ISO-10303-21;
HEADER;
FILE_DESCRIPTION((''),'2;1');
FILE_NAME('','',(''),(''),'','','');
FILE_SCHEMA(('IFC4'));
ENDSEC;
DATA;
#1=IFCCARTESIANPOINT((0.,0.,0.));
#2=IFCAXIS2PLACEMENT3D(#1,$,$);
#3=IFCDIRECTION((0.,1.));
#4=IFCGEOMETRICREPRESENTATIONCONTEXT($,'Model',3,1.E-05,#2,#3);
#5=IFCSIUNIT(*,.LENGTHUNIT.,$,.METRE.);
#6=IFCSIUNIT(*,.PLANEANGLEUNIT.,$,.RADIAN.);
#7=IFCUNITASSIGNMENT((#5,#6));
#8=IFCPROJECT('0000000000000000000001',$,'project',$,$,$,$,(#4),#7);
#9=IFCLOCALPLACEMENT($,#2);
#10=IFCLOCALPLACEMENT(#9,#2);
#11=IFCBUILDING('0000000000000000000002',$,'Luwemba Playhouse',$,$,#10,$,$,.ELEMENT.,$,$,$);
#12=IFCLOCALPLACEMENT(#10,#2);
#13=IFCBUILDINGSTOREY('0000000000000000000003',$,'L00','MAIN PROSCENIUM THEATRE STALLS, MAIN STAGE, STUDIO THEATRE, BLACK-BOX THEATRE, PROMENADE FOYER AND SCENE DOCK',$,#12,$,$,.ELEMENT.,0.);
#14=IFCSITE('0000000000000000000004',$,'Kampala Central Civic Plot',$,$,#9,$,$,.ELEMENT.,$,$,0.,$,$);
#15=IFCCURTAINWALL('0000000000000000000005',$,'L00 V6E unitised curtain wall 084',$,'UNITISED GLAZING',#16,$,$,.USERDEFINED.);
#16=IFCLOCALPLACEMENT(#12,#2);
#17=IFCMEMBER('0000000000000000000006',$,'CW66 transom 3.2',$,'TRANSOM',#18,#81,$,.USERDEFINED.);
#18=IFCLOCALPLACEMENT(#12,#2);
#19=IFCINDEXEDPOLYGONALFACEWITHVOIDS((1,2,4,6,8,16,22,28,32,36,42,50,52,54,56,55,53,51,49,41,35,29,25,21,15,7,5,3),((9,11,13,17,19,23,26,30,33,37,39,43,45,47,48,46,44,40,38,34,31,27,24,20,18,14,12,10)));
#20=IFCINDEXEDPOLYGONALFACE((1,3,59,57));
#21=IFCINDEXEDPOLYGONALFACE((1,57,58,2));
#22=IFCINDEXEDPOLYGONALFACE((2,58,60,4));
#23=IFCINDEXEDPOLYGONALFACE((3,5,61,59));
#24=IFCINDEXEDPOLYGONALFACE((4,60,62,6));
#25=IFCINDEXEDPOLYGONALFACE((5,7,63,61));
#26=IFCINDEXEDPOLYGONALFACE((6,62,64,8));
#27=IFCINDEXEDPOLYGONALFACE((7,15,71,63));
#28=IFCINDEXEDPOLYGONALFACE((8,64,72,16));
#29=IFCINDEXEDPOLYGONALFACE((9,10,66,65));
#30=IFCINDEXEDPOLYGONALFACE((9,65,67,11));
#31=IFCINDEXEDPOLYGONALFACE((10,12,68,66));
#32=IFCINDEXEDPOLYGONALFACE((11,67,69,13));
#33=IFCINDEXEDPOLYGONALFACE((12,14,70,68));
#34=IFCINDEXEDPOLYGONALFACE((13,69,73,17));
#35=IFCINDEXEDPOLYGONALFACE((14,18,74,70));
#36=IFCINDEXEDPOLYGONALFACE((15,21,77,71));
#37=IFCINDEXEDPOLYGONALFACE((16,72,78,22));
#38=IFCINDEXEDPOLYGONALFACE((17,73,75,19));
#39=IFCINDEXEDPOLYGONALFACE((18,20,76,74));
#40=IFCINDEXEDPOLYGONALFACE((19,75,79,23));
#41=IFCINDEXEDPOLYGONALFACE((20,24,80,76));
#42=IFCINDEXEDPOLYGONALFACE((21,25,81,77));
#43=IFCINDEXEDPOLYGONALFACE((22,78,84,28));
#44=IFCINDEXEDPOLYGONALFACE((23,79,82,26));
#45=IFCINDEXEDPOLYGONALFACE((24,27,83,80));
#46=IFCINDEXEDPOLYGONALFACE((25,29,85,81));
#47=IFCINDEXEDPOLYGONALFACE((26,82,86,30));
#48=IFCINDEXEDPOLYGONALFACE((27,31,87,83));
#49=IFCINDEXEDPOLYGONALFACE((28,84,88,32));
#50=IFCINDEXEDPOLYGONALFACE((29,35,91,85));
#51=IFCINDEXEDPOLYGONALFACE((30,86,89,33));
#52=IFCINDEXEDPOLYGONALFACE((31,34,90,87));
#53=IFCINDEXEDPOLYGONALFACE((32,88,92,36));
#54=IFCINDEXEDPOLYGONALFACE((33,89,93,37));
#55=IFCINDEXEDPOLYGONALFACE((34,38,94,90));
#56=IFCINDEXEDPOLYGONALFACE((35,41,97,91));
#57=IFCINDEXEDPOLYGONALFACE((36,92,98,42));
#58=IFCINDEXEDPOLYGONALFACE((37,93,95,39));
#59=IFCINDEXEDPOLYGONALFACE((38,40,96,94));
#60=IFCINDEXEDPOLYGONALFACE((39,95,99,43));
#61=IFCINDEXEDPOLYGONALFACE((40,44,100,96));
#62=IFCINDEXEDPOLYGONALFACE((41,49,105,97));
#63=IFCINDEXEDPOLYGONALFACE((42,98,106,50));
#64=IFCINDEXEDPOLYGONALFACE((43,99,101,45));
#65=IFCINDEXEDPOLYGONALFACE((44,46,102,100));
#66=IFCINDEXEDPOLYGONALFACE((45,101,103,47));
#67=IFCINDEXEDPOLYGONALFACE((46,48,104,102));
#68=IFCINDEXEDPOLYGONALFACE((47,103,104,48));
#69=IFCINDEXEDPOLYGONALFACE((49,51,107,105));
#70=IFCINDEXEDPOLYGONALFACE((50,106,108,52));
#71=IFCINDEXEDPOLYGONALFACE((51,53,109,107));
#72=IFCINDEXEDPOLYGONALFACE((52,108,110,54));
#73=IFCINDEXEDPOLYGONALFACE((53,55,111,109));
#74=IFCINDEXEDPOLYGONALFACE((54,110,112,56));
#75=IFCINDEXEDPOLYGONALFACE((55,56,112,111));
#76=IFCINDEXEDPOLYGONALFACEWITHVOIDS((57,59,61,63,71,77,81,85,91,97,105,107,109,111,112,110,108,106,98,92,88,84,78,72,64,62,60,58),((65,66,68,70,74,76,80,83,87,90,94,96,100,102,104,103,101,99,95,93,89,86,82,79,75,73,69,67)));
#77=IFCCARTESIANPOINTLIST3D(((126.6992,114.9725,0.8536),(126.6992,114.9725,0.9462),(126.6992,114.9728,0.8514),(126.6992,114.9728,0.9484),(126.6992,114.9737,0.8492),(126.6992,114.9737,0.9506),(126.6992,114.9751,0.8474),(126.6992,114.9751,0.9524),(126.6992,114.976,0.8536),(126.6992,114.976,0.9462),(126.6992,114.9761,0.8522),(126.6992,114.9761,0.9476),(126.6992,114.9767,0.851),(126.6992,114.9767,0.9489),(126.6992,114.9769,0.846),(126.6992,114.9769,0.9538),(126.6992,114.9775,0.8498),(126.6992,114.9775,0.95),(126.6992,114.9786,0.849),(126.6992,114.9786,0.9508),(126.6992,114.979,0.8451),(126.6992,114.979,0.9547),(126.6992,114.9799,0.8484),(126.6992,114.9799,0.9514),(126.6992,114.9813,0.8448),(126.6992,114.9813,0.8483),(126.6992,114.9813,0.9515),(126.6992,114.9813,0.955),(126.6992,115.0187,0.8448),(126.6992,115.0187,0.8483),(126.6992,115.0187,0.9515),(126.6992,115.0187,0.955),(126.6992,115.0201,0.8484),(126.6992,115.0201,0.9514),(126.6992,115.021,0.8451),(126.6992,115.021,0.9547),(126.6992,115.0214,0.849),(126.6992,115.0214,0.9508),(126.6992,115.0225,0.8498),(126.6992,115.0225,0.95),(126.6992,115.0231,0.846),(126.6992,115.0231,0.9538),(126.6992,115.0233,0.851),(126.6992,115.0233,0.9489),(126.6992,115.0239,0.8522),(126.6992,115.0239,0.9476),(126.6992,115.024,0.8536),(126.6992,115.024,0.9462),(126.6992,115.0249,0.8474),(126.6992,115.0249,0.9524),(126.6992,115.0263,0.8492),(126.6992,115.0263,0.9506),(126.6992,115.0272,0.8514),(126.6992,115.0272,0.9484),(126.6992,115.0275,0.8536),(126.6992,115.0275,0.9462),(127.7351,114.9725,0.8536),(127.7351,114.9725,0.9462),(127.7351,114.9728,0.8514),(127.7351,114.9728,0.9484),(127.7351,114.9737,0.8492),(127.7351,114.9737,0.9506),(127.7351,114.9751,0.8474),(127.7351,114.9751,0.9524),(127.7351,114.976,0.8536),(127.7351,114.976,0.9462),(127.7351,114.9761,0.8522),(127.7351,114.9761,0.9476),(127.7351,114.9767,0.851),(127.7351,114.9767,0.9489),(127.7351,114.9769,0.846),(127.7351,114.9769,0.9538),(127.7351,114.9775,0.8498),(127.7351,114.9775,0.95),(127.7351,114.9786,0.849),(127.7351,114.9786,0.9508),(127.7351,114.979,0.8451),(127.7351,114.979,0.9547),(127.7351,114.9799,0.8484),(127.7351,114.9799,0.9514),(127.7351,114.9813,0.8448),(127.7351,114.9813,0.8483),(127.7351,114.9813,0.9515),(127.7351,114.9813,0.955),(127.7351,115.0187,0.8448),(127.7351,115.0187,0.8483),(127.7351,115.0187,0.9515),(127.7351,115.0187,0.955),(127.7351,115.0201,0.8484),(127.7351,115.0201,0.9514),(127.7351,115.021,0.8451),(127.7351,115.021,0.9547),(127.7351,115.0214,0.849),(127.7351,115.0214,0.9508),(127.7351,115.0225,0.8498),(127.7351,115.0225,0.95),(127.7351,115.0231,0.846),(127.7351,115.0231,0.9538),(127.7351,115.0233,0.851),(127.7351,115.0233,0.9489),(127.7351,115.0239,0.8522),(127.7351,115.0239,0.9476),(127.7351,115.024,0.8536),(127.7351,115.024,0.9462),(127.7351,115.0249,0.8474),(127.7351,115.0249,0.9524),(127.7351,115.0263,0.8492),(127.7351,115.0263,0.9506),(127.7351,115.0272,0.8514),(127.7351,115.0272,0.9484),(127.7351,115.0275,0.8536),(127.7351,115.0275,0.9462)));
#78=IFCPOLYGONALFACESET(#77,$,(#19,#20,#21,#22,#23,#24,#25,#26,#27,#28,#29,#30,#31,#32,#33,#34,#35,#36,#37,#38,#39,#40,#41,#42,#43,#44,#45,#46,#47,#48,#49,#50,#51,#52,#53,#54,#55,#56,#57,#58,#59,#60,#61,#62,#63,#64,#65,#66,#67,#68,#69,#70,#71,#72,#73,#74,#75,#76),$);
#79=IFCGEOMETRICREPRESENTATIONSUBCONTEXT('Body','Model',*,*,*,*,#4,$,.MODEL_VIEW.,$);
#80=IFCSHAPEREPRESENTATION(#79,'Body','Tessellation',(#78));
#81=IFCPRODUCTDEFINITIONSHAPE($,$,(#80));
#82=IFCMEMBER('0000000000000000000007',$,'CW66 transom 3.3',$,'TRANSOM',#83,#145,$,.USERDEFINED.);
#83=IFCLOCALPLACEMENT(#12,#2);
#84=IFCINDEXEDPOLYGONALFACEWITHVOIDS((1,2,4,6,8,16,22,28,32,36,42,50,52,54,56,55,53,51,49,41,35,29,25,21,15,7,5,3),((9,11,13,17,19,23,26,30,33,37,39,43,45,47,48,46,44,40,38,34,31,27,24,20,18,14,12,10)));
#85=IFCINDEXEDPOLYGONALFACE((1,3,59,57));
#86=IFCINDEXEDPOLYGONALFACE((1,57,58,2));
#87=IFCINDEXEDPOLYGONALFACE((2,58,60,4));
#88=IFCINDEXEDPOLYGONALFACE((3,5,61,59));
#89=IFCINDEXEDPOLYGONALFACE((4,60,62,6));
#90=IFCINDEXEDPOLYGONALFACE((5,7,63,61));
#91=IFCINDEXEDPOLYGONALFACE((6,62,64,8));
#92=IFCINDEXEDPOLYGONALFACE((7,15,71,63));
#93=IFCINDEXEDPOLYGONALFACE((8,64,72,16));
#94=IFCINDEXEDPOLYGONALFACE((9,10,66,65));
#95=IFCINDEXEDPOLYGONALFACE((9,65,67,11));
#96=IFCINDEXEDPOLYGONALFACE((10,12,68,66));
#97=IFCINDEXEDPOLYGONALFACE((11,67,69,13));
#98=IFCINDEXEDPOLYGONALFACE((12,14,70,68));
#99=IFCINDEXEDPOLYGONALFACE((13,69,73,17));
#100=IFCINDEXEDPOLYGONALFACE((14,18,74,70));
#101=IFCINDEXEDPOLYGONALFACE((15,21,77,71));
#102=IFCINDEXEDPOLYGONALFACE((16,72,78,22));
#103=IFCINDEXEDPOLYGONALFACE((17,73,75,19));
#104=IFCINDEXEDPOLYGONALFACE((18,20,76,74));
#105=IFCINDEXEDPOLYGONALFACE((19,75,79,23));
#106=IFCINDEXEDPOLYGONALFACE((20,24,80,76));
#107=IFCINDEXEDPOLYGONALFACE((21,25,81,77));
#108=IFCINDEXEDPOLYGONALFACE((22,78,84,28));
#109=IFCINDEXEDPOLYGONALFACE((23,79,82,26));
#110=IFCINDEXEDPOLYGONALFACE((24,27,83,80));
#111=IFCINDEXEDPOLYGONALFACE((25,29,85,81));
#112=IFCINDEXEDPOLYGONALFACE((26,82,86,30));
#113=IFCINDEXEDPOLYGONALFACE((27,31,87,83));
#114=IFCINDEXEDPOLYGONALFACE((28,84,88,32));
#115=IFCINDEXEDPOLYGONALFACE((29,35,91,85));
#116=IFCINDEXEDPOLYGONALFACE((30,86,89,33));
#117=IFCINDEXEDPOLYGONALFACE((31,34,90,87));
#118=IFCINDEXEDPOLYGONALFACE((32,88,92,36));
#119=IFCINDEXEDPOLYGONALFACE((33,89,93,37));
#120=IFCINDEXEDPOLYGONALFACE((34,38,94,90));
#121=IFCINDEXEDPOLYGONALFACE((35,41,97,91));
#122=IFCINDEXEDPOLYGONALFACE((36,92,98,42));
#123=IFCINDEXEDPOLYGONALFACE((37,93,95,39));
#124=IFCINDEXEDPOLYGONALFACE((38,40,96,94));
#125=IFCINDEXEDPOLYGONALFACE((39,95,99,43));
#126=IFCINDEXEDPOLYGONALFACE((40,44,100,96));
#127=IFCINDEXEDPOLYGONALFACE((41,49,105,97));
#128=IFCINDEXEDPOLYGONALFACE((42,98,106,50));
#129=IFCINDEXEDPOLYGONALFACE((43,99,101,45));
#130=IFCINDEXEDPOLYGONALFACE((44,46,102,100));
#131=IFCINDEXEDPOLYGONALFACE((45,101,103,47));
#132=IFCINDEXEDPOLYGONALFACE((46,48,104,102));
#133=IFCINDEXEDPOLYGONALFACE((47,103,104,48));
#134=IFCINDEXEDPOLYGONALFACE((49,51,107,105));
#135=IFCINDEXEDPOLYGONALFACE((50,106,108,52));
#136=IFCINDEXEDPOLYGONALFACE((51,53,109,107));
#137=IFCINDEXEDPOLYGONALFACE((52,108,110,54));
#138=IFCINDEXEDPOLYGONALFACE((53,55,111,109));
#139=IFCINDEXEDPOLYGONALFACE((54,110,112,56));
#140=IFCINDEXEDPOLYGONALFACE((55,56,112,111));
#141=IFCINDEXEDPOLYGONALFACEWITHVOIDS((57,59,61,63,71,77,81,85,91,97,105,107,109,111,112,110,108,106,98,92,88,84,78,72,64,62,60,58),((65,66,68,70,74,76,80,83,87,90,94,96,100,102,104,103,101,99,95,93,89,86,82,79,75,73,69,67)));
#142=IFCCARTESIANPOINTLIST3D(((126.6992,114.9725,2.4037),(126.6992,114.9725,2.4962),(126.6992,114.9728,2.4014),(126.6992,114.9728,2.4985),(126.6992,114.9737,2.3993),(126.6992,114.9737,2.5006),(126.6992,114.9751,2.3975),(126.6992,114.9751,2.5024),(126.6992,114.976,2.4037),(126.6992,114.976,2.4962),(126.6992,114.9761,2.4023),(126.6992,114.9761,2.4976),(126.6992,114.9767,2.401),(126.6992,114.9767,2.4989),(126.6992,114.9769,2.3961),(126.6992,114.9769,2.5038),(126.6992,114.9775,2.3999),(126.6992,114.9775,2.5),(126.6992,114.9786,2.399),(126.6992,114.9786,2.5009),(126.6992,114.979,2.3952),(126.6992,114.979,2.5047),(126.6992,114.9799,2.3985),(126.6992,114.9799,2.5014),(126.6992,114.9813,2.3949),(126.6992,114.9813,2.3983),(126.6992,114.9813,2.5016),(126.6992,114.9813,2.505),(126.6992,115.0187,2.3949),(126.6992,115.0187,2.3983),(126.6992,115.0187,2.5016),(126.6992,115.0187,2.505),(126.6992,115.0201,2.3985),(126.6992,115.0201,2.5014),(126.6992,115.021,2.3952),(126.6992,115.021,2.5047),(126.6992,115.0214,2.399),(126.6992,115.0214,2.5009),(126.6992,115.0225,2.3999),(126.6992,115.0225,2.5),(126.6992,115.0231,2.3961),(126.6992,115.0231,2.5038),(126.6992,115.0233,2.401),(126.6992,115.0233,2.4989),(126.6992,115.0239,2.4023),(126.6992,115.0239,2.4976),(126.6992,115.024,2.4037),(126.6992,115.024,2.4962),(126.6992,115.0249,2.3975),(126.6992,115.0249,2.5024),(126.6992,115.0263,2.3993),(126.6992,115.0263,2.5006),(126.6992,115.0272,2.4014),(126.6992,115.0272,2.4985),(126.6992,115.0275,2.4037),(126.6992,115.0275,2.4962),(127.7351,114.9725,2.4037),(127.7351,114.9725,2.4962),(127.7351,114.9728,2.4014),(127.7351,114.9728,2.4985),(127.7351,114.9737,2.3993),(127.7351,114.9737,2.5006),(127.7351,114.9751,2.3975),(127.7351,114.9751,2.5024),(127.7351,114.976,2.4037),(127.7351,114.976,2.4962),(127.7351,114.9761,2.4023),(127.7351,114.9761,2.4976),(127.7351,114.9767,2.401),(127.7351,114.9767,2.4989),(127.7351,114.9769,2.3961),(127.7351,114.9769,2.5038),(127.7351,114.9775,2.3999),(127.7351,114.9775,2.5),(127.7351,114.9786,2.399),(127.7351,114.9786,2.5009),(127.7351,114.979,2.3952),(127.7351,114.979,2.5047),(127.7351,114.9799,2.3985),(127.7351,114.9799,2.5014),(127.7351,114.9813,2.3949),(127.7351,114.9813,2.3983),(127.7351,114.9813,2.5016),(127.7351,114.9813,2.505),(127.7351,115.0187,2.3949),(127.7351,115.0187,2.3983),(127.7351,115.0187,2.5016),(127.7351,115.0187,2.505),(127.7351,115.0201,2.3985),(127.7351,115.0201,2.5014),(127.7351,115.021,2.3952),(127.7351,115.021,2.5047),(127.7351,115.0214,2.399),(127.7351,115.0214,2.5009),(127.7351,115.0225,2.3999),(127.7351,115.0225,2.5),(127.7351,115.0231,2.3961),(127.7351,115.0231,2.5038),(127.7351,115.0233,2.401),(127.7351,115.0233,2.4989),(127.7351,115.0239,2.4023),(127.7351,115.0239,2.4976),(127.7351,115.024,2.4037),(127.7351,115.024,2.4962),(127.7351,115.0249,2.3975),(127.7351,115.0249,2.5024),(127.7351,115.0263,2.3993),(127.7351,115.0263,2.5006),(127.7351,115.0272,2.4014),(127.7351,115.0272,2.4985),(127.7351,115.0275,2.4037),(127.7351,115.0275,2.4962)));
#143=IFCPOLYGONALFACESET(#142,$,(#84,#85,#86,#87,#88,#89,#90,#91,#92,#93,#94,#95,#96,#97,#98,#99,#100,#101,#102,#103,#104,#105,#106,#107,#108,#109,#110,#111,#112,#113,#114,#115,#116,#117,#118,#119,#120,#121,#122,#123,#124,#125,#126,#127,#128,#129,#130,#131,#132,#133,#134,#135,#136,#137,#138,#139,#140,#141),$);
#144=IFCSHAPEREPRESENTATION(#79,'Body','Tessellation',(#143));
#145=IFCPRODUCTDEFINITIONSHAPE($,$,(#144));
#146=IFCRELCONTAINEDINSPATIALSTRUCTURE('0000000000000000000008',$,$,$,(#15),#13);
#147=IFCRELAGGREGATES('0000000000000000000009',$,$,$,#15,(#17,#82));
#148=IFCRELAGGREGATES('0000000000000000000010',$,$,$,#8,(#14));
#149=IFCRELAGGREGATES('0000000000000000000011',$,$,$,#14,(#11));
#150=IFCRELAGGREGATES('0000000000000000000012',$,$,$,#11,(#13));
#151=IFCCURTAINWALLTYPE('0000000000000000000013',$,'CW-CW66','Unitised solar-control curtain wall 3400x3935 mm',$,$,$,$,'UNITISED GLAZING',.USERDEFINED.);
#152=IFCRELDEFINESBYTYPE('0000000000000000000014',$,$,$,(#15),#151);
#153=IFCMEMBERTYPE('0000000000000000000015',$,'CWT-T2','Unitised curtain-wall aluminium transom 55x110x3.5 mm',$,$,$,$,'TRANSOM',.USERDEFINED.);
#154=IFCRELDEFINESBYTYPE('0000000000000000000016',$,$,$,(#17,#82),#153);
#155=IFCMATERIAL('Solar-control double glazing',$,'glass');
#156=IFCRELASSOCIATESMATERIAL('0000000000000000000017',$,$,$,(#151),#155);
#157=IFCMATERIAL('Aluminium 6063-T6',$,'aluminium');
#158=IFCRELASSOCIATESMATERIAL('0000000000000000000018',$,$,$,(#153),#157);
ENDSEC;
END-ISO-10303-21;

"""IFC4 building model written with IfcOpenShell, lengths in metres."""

from ifc_helpers import new_model, si_unit, direction, frame, origin, origin_2d, place, context, subcontext, project, spatial, hollow_rectangle, extrude, material, material_profile, profile_set, type_object, element, aggregate, save


model = new_model("IFC4")

# Units and contexts
model_context = context("Model", 3, precision=1e-05, world=origin(), true_north=direction((0.0, 1.0)))
body_context = subcontext(model_context, "Body", "Model", "MODEL_VIEW")
ifc_project = project(units=[si_unit("LENGTHUNIT", "METRE"), si_unit("PLANEANGLEUNIT", "RADIAN")], contexts=[model_context])

# Site, building, storey
site_placement = place(None, origin())
site = spatial("IfcSite", under=ifc_project, at=site_placement, Name="Kampala Central Civic Plot", CompositionType="ELEMENT", RefElevation=0.0)
building_placement = place(site_placement, origin())
building = spatial("IfcBuilding", under=site, at=building_placement, Name="Luwemba Playhouse", CompositionType="ELEMENT")
storey_placement = place(building_placement, origin())
storey = spatial("IfcBuildingStorey", under=building, at=storey_placement, Name="L00", Description="MAIN PROSCENIUM THEATRE STALLS, MAIN STAGE, STUDIO THEATRE, BLACK-BOX THEATRE, PROMENADE FOYER AND SCENE DOCK", CompositionType="ELEMENT", Elevation=0.0)

# Curtain wall, members
ifc_material_1 = material(Name="Solar-control double glazing", Category="glass")
curtain_wall_type = type_object("IfcCurtainWallType", Name="CW-CW66", Description="Unitised solar-control curtain wall 3400x3935 mm", ElementType="UNITISED GLAZING", PredefinedType="USERDEFINED", material=ifc_material_1)
curtain_wall_placement = place(storey_placement, origin())
curtain_wall = element("IfcCurtainWall", 1, at=curtain_wall_placement, inside=storey, type_object=curtain_wall_type, Name="L00 V6E unitised curtain wall 084", ObjectType="UNITISED GLAZING", PredefinedType="USERDEFINED")
ifc_material_2 = material(Name="Aluminium 6063-T6", Category="aluminium")
ifc_material_profile_1 = material_profile(ifc_material_2, hollow_rectangle(XDim=0.0549, YDim=0.1101, WallThickness=0.0034, InnerFilletRadius=0.0054, OuterFilletRadius=0.0088, at=origin_2d()))
ifc_profile_set_1 = profile_set([ifc_material_profile_1], Name="Aluminium 6063-T6")
member_type_1 = type_object("IfcMemberType", Name="CWT-T2", Description="Unitised curtain-wall aluminium transom 55x110x3.5 mm", ElementType="TRANSOM", PredefinedType="USERDEFINED", material=ifc_profile_set_1)
member_1_placement = place(storey_placement, frame((126.6992, 115.0, 0.8999), z_axis=(1.0, 0.0, 0.0), x_axis=(0.0, 1.0, 0.0)))
member_1 = element("IfcMember", 2, at=member_1_placement, type_object=member_type_1, Name="CW66 transom 3.2", ObjectType="TRANSOM", PredefinedType="USERDEFINED", context=body_context, shape_type="SweptSolid", body=[
    extrude(hollow_rectangle(XDim=0.0549, YDim=0.1101, WallThickness=0.0034, InnerFilletRadius=0.0054, OuterFilletRadius=0.0088, at=origin_2d()), origin(), (0.0, 0.0, 1.0), 1.0359),
])
member_2_placement = place(storey_placement, frame((126.6992, 115.0, 2.45), z_axis=(1.0, 0.0, 0.0), x_axis=(0.0, 1.0, 0.0)))
member_2 = element("IfcMember", 3, at=member_2_placement, type_object=member_type_1, Name="CW66 transom 3.3", ObjectType="TRANSOM", PredefinedType="USERDEFINED", context=body_context, shape_type="SweptSolid", body=[
    extrude(hollow_rectangle(XDim=0.0549, YDim=0.1101, WallThickness=0.0034, InnerFilletRadius=0.0054, OuterFilletRadius=0.0088, at=origin_2d()), origin(), (0.0, 0.0, 1.0), 1.0359),
])
aggregate(curtain_wall, [member_1, member_2])

save(model, "model.ifc")
